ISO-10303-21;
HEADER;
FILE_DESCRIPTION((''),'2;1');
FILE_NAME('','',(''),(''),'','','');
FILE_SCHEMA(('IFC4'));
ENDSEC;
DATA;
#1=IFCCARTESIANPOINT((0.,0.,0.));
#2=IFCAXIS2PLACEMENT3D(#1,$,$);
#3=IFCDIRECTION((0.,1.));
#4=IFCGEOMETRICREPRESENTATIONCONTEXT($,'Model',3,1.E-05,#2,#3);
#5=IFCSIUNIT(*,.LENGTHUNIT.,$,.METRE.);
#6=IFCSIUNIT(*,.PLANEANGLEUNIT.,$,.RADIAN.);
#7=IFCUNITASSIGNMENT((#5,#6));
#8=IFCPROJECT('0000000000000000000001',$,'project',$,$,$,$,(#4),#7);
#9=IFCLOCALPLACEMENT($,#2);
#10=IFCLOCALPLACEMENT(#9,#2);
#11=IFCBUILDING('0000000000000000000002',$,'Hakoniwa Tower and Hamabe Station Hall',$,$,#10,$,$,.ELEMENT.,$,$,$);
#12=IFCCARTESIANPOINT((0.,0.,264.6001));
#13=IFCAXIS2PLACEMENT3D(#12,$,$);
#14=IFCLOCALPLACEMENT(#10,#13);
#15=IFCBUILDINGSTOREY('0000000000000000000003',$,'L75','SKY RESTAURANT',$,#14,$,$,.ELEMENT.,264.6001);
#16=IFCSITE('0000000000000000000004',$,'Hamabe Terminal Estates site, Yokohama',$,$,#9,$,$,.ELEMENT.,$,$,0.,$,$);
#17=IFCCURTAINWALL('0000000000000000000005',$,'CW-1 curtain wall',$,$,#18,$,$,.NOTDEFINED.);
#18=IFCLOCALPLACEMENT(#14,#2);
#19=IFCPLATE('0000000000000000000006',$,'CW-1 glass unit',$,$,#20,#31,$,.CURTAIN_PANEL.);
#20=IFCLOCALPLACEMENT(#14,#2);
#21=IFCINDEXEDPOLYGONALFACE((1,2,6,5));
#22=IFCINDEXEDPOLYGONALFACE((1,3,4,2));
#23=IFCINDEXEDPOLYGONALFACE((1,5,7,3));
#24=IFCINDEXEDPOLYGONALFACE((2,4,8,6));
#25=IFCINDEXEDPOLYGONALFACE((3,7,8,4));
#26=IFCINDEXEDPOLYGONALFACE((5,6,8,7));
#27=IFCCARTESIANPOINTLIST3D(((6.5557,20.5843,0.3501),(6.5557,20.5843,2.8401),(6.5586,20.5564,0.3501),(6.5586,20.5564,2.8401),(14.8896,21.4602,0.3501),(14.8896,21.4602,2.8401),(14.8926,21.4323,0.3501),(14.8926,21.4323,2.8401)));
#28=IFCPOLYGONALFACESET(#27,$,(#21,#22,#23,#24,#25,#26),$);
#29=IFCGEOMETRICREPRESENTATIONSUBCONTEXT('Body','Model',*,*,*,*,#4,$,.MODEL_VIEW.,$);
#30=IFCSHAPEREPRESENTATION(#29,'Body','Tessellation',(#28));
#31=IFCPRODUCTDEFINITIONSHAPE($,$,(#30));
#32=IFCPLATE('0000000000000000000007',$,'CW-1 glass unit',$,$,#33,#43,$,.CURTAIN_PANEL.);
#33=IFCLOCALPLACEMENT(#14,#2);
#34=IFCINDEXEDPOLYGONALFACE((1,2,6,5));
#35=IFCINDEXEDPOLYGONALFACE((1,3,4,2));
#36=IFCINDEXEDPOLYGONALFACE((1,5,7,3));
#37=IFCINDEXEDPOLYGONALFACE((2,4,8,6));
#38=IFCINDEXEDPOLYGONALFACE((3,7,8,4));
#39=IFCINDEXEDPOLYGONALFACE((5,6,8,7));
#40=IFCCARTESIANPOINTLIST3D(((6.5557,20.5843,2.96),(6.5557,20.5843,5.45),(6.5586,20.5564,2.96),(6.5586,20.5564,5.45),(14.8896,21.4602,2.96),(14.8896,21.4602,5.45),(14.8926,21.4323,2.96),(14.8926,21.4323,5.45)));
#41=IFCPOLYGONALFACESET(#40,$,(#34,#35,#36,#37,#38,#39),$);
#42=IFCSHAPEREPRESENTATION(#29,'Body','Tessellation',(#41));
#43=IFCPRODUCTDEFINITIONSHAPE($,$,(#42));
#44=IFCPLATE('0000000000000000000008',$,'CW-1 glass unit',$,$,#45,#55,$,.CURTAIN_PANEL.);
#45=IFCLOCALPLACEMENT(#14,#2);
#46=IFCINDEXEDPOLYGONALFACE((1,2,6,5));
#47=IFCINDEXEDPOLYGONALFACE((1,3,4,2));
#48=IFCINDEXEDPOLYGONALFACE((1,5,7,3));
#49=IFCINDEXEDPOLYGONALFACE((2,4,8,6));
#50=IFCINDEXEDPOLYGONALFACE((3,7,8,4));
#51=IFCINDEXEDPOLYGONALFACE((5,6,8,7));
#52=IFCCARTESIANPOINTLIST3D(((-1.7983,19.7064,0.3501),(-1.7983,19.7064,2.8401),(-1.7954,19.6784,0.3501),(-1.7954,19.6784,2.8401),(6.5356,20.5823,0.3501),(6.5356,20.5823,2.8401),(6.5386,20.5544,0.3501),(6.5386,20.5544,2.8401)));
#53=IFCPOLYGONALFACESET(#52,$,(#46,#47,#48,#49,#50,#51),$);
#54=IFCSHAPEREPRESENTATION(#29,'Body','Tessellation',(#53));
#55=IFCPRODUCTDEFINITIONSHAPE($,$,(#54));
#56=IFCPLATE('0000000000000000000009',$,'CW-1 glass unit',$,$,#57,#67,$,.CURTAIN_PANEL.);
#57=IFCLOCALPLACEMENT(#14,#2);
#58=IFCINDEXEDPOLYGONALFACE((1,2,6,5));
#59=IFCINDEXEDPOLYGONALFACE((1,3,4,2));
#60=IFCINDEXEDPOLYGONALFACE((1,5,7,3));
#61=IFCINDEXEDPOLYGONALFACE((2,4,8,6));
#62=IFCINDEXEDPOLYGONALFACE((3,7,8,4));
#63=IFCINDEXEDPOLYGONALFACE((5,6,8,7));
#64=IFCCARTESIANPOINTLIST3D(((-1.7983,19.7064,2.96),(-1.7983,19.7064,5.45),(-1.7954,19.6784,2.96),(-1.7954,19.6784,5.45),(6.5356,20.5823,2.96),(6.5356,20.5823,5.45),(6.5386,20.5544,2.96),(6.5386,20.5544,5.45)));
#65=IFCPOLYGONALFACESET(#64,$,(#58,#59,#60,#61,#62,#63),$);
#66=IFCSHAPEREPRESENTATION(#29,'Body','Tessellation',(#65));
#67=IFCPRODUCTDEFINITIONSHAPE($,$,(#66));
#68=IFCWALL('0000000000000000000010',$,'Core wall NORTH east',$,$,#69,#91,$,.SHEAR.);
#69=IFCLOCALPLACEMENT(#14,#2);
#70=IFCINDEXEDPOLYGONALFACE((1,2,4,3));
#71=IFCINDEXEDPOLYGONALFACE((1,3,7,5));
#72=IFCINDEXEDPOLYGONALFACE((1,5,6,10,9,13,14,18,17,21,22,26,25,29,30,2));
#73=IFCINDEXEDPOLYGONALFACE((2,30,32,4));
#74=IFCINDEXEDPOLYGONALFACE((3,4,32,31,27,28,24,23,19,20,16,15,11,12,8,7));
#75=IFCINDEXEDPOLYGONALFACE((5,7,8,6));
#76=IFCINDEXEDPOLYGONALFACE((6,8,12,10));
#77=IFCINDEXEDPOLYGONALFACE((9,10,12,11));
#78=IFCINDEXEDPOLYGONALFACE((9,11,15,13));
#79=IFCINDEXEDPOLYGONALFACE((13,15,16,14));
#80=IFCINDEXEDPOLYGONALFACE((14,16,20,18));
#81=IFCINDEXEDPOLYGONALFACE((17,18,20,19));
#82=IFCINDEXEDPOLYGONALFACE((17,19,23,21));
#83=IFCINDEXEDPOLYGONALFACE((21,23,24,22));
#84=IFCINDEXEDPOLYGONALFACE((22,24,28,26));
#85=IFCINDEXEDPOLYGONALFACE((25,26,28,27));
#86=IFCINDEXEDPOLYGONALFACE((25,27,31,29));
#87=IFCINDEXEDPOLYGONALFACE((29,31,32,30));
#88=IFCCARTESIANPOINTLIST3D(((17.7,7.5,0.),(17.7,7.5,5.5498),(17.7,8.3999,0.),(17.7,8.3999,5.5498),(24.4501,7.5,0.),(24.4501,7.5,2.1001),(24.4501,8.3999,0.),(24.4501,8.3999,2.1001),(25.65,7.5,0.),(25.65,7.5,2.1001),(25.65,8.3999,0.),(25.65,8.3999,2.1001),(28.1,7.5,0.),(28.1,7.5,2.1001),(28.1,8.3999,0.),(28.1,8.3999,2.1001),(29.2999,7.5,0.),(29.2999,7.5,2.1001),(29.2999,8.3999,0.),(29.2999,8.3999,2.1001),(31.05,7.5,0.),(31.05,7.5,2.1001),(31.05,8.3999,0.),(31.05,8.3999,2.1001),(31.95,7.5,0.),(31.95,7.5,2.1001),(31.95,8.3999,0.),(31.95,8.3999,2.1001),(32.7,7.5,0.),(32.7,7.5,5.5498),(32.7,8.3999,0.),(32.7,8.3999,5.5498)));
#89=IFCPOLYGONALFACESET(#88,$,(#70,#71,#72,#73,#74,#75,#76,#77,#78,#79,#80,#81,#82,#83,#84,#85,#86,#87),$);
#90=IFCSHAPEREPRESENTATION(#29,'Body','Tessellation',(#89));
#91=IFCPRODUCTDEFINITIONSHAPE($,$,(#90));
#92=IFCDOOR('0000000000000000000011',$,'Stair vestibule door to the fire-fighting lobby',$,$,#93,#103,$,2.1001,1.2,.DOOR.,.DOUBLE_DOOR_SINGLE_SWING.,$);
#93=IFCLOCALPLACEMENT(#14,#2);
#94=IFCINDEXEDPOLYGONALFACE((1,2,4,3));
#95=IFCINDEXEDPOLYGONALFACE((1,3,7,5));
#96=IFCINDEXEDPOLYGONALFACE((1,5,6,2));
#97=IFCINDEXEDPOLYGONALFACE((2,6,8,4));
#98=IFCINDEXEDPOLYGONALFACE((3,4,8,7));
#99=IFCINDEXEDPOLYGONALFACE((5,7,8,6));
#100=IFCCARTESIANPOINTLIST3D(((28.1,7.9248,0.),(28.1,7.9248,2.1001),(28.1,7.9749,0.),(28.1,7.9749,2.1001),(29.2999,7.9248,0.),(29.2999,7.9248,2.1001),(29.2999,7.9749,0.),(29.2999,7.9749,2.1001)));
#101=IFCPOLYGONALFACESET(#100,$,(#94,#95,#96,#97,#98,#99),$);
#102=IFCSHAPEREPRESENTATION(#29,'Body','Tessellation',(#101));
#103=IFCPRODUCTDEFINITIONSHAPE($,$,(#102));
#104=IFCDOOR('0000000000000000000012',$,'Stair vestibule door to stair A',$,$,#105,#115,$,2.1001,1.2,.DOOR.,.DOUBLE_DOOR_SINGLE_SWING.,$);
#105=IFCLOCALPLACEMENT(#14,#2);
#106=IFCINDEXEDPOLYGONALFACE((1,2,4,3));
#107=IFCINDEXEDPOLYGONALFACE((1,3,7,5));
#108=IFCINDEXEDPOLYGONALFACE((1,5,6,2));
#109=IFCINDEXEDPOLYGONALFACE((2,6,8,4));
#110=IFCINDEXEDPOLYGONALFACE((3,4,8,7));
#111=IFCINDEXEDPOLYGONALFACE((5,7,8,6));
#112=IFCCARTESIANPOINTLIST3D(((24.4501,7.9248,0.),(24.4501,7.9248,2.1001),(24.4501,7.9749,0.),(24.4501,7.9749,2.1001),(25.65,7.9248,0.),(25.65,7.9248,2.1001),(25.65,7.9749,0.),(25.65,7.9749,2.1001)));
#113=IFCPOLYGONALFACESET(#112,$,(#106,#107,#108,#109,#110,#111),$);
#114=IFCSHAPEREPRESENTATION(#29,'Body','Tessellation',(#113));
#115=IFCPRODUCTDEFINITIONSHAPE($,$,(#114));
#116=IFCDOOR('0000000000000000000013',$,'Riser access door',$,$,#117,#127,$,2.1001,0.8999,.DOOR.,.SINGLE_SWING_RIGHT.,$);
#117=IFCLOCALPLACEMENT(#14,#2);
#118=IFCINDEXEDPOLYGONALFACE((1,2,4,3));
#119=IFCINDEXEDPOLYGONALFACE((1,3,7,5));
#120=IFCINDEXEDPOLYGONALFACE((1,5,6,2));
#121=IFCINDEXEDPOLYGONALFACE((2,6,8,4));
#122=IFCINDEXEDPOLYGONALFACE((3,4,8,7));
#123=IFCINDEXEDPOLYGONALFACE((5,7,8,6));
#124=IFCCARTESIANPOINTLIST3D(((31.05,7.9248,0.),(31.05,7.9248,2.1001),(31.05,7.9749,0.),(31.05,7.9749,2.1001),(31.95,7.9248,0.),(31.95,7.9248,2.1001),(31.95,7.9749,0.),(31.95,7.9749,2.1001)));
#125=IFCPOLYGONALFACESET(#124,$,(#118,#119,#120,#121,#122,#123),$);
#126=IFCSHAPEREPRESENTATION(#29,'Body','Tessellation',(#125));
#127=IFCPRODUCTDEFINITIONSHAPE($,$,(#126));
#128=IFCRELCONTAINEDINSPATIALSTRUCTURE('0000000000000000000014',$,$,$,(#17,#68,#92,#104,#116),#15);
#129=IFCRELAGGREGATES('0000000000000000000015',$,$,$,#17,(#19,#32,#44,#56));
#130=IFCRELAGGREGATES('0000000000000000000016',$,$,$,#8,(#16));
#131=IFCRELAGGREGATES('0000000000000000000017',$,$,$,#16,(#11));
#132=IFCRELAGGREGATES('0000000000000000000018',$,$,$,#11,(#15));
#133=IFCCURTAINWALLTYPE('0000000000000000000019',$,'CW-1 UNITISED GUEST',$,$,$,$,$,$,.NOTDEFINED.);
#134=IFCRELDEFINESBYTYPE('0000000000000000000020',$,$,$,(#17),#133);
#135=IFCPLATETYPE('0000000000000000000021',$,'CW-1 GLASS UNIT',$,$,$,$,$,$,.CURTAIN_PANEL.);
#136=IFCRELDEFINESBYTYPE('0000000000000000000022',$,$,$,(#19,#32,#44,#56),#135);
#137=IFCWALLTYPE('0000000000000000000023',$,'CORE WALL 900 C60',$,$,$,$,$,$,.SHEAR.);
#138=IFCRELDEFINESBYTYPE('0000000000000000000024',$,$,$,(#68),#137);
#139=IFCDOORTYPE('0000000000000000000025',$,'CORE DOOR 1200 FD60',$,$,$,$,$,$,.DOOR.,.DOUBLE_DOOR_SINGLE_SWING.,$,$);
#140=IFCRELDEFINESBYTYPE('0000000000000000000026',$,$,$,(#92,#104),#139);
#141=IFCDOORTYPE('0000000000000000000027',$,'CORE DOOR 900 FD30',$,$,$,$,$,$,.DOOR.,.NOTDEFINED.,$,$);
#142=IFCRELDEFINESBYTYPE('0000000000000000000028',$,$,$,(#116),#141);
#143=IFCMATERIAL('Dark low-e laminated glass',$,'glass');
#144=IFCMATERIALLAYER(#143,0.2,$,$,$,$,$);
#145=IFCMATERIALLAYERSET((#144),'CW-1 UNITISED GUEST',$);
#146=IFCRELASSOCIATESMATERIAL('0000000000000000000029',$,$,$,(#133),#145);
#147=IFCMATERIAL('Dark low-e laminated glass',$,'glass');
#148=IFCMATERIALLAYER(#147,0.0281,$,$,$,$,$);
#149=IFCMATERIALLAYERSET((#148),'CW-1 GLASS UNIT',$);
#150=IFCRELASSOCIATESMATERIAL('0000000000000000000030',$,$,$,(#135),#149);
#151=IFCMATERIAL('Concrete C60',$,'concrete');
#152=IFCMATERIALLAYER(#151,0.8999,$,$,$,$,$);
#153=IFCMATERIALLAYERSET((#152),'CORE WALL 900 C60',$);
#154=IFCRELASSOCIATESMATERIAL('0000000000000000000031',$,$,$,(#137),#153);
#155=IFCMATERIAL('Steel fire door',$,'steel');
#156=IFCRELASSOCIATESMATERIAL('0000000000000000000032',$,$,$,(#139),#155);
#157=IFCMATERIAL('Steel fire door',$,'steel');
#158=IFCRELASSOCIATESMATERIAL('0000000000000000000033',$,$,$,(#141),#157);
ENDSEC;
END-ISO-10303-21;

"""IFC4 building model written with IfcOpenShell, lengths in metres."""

from ifc_helpers import new_model, si_unit, direction, frame, frame_2d, origin, origin_2d, place, context, subcontext, project, spatial, rectangle, extrude, material, layer, layer_set, type_object, element, fill, aggregate, save


model = new_model("IFC4")

# Units and contexts
model_context = context("Model", 3, precision=1e-05, world=origin(), true_north=direction((0.0, 1.0)))
body_context = subcontext(model_context, "Body", "Model", "MODEL_VIEW")
ifc_project = project(units=[si_unit("LENGTHUNIT", "METRE"), si_unit("PLANEANGLEUNIT", "RADIAN")], contexts=[model_context])

# Site, building, storey
site_placement = place(None, origin())
site = spatial("IfcSite", under=ifc_project, at=site_placement, Name="Hamabe Terminal Estates site, Yokohama", CompositionType="ELEMENT", RefElevation=0.0)
building_placement = place(site_placement, origin())
building = spatial("IfcBuilding", under=site, at=building_placement, Name="Hakoniwa Tower and Hamabe Station Hall", CompositionType="ELEMENT")
storey_placement = place(building_placement, frame((0.0, 0.0, 264.6001)))
storey = spatial("IfcBuildingStorey", under=building, at=storey_placement, Name="L75", Description="SKY RESTAURANT", CompositionType="ELEMENT", Elevation=264.6001)

# Curtain wall, plates
ifc_material_1 = material(Name="Dark low-e laminated glass", Category="glass")
ifc_layer_1 = layer(ifc_material_1, 0.2)
ifc_layer_set_1 = layer_set([ifc_layer_1], Name="CW-1 UNITISED GUEST")
curtain_wall_type = type_object("IfcCurtainWallType", Name="CW-1 UNITISED GUEST", PredefinedType="NOTDEFINED", material=ifc_layer_set_1)
curtain_wall_placement = place(storey_placement, origin())
curtain_wall = element("IfcCurtainWall", 1, at=curtain_wall_placement, inside=storey, type_object=curtain_wall_type, Name="CW-1 curtain wall", PredefinedType="NOTDEFINED")
ifc_material_2 = material(Name="Dark low-e laminated glass", Category="glass")
ifc_layer_2 = layer(ifc_material_2, 0.0281)
ifc_layer_set_2 = layer_set([ifc_layer_2], Name="CW-1 GLASS UNIT")
plate_type = type_object("IfcPlateType", Name="CW-1 GLASS UNIT", PredefinedType="CURTAIN_PANEL", material=ifc_layer_set_2)
plate_1_placement = place(storey_placement, frame((10.7241, 21.0083, 0.3501), z_axis=(0.0, 0.0, 1.0), x_axis=(-0.994522, -0.104528, 0.0)))
plate_1 = element("IfcPlate", 2, at=plate_1_placement, type_object=plate_type, Name="CW-1 glass unit", PredefinedType="CURTAIN_PANEL", context=body_context, shape_type="SweptSolid", body=[
    extrude(rectangle(XDim=8.3799, YDim=0.0281, at=origin_2d()), origin(), (0.0, 0.0, 1.0), 2.49),
])
plate_2_placement = place(storey_placement, frame((10.7241, 21.0083, 2.96), z_axis=(0.0, 0.0, 1.0), x_axis=(-0.994522, -0.104528, 0.0)))
plate_2 = element("IfcPlate", 3, at=plate_2_placement, type_object=plate_type, Name="CW-1 glass unit", PredefinedType="CURTAIN_PANEL", context=body_context, shape_type="SweptSolid", body=[
    extrude(rectangle(XDim=8.3799, YDim=0.0281, at=origin_2d()), origin(), (0.0, 0.0, 1.0), 2.49),
])
plate_3_placement = place(storey_placement, frame((2.3701, 20.1304, 0.3501), z_axis=(0.0, 0.0, 1.0), x_axis=(-0.994522, -0.104528, 0.0)))
plate_3 = element("IfcPlate", 4, at=plate_3_placement, type_object=plate_type, Name="CW-1 glass unit", PredefinedType="CURTAIN_PANEL", context=body_context, shape_type="SweptSolid", body=[
    extrude(rectangle(XDim=8.3799, YDim=0.0281, at=origin_2d()), origin(), (0.0, 0.0, 1.0), 2.49),
])
plate_4_placement = place(storey_placement, frame((2.3701, 20.1304, 2.96), z_axis=(0.0, 0.0, 1.0), x_axis=(-0.994522, -0.104528, 0.0)))
plate_4 = element("IfcPlate", 5, at=plate_4_placement, type_object=plate_type, Name="CW-1 glass unit", PredefinedType="CURTAIN_PANEL", context=body_context, shape_type="SweptSolid", body=[
    extrude(rectangle(XDim=8.3799, YDim=0.0281, at=origin_2d()), origin(), (0.0, 0.0, 1.0), 2.49),
])
aggregate(curtain_wall, [plate_1, plate_2, plate_3, plate_4])

# Wall, openings, doors
ifc_material_3 = material(Name="Concrete C60", Category="concrete")
ifc_layer_3 = layer(ifc_material_3, 0.8999)
ifc_layer_set_3 = layer_set([ifc_layer_3], Name="CORE WALL 900 C60")
wall_type_1 = type_object("IfcWallType", Name="CORE WALL 900 C60", PredefinedType="SHEAR", material=ifc_layer_set_3)
wall_1_placement = place(storey_placement, frame((17.7, 7.95, 0.0), z_axis=(0.0, 0.0, 1.0), x_axis=(1.0, 0.0, 0.0)))
wall_1 = element("IfcWall", 6, at=wall_1_placement, inside=storey, type_object=wall_type_1, Name="Core wall NORTH east", PredefinedType="SHEAR", context=body_context, shape_type="SweptSolid", body=[
    extrude(rectangle(XDim=15.0, YDim=0.8999, at=frame_2d((7.5, 0.0))), origin(), (0.0, 0.0, 1.0), 5.5498),
])
opening_1_placement = place(wall_1_placement, frame((10.3999, 0.0, 0.0)))
opening_1 = element("IfcOpeningElement", 7, at=opening_1_placement, cuts=wall_1, PredefinedType="OPENING", context=body_context, shape_type="SweptSolid", body=[
    extrude(rectangle(XDim=1.2, YDim=2.1001, at=frame_2d((0.6001, 1.05))), frame((0.0, 0.46, 0.0), z_axis=(0.0, -1.0, 0.0), x_axis=(1.0, 0.0, 0.0)), (0.0, 0.0, 1.0), 0.9199),
])
opening_2_placement = place(wall_1_placement, frame((13.3501, 0.0, 0.0)))
opening_2 = element("IfcOpeningElement", 8, at=opening_2_placement, cuts=wall_1, PredefinedType="OPENING", context=body_context, shape_type="SweptSolid", body=[
    extrude(rectangle(XDim=0.8999, YDim=2.1001, at=frame_2d((0.45, 1.05))), frame((0.0, 0.46, 0.0), z_axis=(0.0, -1.0, 0.0), x_axis=(1.0, 0.0, 0.0)), (0.0, 0.0, 1.0), 0.9199),
])
opening_3_placement = place(wall_1_placement, frame((6.75, 0.0, 0.0)))
opening_3 = element("IfcOpeningElement", 9, at=opening_3_placement, cuts=wall_1, PredefinedType="OPENING", context=body_context, shape_type="SweptSolid", body=[
    extrude(rectangle(XDim=1.2, YDim=2.1001, at=frame_2d((0.6001, 1.05))), frame((0.0, 0.46, 0.0), z_axis=(0.0, -1.0, 0.0), x_axis=(1.0, 0.0, 0.0)), (0.0, 0.0, 1.0), 0.9199),
])
ifc_material_4 = material(Name="Steel fire door", Category="steel")
door_type_1 = type_object("IfcDoorType", Name="CORE DOOR 1200 FD60", OperationType="DOUBLE_DOOR_SINGLE_SWING", PredefinedType="DOOR", material=ifc_material_4)
door_1_placement = place(opening_1_placement, origin())
door_1 = element("IfcDoor", 10, at=door_1_placement, inside=storey, type_object=door_type_1, Name="Stair vestibule door to the fire-fighting lobby", OperationType="DOUBLE_DOOR_SINGLE_SWING", OverallHeight=2.1001, OverallWidth=1.2, PredefinedType="DOOR", context=body_context, shape_type="SweptSolid", body=[
    extrude(rectangle(XDim=1.2, YDim=2.1001, at=frame_2d((0.6001, 1.05))), frame((0.0, 0.0249, 0.0), z_axis=(0.0, -1.0, 0.0), x_axis=(1.0, 0.0, 0.0)), (0.0, 0.0, 1.0), 0.05),
])
fill(opening_1, door_1)
door_2_placement = place(opening_3_placement, origin())
door_2 = element("IfcDoor", 11, at=door_2_placement, inside=storey, type_object=door_type_1, Name="Stair vestibule door to stair A", OperationType="DOUBLE_DOOR_SINGLE_SWING", OverallHeight=2.1001, OverallWidth=1.2, PredefinedType="DOOR", context=body_context, shape_type="SweptSolid", body=[
    extrude(rectangle(XDim=1.2, YDim=2.1001, at=frame_2d((0.6001, 1.05))), frame((0.0, 0.0249, 0.0), z_axis=(0.0, -1.0, 0.0), x_axis=(1.0, 0.0, 0.0)), (0.0, 0.0, 1.0), 0.05),
])
fill(opening_3, door_2)
ifc_material_5 = material(Name="Steel fire door", Category="steel")
door_type_2 = type_object("IfcDoorType", Name="CORE DOOR 900 FD30", OperationType="NOTDEFINED", PredefinedType="DOOR", material=ifc_material_5)
door_3_placement = place(opening_2_placement, origin())
door_3 = element("IfcDoor", 12, at=door_3_placement, inside=storey, type_object=door_type_2, Name="Riser access door", OperationType="SINGLE_SWING_RIGHT", OverallHeight=2.1001, OverallWidth=0.8999, PredefinedType="DOOR", context=body_context, shape_type="SweptSolid", body=[
    extrude(rectangle(XDim=0.8999, YDim=2.1001, at=frame_2d((0.45, 1.05))), frame((0.0, 0.0249, 0.0), z_axis=(0.0, -1.0, 0.0), x_axis=(1.0, 0.0, 0.0)), (0.0, 0.0, 1.0), 0.05),
])
fill(opening_2, door_3)

save(model, "model.ifc")
